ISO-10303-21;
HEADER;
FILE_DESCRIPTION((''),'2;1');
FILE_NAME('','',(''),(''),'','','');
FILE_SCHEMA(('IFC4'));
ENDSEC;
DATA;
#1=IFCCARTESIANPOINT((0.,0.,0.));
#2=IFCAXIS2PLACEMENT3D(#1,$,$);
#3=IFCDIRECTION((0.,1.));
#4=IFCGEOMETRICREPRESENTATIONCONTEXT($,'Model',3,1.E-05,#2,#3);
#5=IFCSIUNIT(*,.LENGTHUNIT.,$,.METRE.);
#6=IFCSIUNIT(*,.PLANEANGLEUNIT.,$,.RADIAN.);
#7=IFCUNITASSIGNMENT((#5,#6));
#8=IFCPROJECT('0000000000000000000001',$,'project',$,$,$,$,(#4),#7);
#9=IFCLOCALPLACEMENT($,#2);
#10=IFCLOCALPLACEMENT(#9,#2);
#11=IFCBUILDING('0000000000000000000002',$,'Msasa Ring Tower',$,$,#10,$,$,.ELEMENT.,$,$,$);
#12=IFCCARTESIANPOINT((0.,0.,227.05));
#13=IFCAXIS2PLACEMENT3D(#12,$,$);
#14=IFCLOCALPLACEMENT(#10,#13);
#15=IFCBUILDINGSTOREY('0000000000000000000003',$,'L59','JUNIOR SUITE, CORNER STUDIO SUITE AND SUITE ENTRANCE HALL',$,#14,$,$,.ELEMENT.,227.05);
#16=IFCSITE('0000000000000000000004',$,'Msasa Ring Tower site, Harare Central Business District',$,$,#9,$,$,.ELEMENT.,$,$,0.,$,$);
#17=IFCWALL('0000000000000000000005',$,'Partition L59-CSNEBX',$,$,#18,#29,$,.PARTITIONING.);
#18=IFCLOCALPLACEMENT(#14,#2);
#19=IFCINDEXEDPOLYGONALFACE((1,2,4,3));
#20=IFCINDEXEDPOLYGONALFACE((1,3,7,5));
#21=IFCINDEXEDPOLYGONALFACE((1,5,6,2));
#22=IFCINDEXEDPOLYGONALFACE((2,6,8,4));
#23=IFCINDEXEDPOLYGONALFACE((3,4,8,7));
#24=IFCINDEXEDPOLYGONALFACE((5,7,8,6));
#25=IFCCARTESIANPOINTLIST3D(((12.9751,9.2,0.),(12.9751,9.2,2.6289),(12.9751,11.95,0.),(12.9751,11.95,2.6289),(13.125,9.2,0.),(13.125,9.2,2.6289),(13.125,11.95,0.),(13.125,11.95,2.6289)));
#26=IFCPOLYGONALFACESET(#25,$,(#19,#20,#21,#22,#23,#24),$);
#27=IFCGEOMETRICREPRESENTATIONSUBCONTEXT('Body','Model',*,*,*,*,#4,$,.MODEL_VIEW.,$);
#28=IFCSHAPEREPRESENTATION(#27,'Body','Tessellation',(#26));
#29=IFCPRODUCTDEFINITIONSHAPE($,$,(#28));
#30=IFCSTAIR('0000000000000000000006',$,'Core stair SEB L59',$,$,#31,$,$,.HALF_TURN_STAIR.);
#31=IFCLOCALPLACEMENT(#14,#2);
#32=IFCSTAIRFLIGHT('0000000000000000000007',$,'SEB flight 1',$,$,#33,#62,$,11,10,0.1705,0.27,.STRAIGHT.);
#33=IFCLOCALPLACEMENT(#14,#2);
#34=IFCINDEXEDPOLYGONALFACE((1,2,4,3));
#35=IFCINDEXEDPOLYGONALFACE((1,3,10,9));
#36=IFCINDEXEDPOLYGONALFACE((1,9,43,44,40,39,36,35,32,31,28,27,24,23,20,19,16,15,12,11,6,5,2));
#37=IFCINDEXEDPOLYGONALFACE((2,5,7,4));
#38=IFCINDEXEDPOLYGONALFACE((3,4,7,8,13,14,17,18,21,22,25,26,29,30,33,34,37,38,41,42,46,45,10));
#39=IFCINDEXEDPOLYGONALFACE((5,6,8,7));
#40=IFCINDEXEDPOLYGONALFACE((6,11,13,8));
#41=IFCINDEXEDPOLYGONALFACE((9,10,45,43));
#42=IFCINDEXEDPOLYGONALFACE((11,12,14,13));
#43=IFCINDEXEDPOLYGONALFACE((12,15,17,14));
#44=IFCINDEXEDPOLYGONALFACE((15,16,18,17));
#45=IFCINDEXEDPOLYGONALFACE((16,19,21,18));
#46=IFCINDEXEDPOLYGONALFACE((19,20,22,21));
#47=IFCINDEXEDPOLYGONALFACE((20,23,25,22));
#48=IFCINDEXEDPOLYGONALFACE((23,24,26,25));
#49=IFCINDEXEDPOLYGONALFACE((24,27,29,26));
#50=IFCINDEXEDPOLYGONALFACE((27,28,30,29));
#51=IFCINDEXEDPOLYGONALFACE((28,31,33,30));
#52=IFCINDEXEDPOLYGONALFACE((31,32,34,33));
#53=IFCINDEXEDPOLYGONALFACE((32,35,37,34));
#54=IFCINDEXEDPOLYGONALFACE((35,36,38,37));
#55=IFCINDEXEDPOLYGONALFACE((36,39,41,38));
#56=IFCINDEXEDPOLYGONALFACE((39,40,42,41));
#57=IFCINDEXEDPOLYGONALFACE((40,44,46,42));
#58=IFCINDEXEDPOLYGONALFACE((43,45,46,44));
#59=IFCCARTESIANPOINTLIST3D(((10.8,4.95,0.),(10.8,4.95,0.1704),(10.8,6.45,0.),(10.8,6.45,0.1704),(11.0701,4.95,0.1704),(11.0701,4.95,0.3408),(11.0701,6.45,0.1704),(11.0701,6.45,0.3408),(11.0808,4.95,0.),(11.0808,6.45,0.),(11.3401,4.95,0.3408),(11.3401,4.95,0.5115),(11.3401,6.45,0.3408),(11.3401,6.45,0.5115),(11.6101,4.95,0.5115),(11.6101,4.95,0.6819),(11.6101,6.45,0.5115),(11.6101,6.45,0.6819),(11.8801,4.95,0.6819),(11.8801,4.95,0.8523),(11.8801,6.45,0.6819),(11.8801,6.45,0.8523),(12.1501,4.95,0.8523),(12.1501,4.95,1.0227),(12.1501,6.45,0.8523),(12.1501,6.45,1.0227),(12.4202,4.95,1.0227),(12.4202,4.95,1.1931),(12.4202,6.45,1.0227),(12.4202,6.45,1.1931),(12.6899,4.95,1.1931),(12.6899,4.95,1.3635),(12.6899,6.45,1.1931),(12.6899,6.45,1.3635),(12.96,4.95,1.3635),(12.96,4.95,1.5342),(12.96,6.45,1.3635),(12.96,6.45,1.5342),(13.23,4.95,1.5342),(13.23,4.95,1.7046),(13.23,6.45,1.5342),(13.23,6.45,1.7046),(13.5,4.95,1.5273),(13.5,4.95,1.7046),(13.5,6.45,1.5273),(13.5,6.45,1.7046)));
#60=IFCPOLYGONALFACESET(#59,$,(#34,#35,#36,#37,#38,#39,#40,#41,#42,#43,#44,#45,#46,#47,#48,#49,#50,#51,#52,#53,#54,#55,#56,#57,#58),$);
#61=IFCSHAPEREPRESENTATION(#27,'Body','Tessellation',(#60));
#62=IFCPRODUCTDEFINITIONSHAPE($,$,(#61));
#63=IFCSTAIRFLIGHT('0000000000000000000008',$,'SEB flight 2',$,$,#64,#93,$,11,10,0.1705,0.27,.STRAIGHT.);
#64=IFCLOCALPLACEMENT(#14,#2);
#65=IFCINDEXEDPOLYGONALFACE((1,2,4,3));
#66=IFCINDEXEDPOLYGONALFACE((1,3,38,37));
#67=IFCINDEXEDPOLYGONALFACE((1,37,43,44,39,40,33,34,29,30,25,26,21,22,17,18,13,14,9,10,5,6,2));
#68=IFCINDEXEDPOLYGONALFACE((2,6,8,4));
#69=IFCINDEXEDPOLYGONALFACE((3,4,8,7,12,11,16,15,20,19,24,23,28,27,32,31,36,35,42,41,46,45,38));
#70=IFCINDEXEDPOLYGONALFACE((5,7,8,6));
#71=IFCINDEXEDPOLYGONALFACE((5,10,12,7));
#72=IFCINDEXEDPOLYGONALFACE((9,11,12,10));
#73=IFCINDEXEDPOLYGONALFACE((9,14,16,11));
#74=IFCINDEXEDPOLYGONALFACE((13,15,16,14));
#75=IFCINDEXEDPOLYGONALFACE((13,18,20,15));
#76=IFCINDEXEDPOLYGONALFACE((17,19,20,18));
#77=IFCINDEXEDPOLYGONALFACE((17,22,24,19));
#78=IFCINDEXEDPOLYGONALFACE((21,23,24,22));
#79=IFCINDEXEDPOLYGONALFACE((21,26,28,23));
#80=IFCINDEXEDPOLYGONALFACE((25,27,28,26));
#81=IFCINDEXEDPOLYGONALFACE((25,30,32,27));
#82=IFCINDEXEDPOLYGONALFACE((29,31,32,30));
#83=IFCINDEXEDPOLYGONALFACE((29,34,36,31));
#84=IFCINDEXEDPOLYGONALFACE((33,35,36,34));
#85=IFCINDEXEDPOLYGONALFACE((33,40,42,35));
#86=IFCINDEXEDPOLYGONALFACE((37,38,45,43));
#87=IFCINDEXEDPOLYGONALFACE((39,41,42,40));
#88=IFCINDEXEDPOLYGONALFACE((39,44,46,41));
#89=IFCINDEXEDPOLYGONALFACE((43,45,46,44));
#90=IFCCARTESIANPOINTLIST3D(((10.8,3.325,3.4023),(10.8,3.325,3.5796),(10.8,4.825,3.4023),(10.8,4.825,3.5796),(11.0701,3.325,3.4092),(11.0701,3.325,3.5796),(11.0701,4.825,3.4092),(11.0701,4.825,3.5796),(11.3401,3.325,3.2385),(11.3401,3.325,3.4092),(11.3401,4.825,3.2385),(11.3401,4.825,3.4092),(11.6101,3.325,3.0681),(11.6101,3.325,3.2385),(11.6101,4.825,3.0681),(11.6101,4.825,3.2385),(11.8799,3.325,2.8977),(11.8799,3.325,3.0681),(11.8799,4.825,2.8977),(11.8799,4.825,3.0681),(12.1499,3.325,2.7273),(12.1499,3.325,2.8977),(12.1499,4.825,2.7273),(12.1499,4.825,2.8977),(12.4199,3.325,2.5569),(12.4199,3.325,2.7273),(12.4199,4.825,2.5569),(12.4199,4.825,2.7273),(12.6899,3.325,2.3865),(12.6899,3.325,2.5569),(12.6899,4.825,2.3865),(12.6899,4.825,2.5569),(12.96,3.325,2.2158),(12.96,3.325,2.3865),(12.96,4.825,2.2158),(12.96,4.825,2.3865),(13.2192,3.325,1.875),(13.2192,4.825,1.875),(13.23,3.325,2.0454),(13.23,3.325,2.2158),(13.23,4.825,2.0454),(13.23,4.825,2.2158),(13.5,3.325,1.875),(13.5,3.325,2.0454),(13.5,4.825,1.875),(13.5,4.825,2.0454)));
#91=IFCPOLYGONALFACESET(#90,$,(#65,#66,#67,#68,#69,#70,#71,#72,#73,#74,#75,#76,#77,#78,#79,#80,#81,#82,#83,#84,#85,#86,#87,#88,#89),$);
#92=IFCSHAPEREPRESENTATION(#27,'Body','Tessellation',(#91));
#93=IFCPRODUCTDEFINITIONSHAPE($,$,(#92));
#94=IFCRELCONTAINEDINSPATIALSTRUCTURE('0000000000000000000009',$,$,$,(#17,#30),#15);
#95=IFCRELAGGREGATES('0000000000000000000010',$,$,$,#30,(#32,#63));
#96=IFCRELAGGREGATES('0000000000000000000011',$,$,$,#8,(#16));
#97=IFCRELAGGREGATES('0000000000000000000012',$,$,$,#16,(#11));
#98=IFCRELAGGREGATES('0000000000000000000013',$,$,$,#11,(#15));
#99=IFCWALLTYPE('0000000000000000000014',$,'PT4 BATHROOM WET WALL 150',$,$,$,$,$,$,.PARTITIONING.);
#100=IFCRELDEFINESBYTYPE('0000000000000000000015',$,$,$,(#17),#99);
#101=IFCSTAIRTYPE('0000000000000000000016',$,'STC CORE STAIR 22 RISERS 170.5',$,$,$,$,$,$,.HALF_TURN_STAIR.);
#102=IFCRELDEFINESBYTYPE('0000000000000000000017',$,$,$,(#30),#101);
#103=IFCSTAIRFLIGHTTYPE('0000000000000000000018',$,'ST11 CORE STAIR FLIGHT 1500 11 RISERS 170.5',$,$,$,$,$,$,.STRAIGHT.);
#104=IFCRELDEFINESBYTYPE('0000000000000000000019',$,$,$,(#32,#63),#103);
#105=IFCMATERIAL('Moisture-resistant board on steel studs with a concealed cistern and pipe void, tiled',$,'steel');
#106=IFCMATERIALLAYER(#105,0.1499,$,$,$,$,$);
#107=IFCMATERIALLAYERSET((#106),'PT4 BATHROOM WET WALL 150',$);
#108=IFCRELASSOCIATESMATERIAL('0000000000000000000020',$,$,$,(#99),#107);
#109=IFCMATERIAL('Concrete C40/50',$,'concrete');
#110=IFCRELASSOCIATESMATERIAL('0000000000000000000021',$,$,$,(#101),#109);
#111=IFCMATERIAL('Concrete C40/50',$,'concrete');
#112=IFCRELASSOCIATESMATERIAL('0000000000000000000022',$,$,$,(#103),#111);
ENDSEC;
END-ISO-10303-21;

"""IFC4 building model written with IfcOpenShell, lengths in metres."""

from ifc_helpers import new_model, si_unit, direction, frame, frame_2d, origin, place, context, subcontext, project, spatial, polyline, rectangle, outline, extrude, material, layer, layer_set, type_object, element, aggregate, save


model = new_model("IFC4")

# Units and contexts
model_context = context("Model", 3, precision=1e-05, world=origin(), true_north=direction((0.0, 1.0)))
body_context = subcontext(model_context, "Body", "Model", "MODEL_VIEW")
ifc_project = project(units=[si_unit("LENGTHUNIT", "METRE"), si_unit("PLANEANGLEUNIT", "RADIAN")], contexts=[model_context])

# Site, building, storey
site_placement = place(None, origin())
site = spatial("IfcSite", under=ifc_project, at=site_placement, Name="Msasa Ring Tower site, Harare Central Business District", CompositionType="ELEMENT", RefElevation=0.0)
building_placement = place(site_placement, origin())
building = spatial("IfcBuilding", under=site, at=building_placement, Name="Msasa Ring Tower", CompositionType="ELEMENT")
storey_placement = place(building_placement, frame((0.0, 0.0, 227.05)))
storey = spatial("IfcBuildingStorey", under=building, at=storey_placement, Name="L59", Description="JUNIOR SUITE, CORNER STUDIO SUITE AND SUITE ENTRANCE HALL", CompositionType="ELEMENT", Elevation=227.05)

# Wall
ifc_material_1 = material(Name="Moisture-resistant board on steel studs with a concealed cistern and pipe void, tiled", Category="steel")
ifc_layer_1 = layer(ifc_material_1, 0.1499)
ifc_layer_set_1 = layer_set([ifc_layer_1], Name="PT4 BATHROOM WET WALL 150")
wall_type_1 = type_object("IfcWallType", Name="PT4 BATHROOM WET WALL 150", PredefinedType="PARTITIONING", material=ifc_layer_set_1)
wall_1_placement = place(storey_placement, frame((13.05, 9.2, 0.0), z_axis=(0.0, 0.0, 1.0), x_axis=(0.0, 1.0, 0.0)))
element("IfcWall", 1, at=wall_1_placement, inside=storey, type_object=wall_type_1, Name="Partition L59-CSNEBX", PredefinedType="PARTITIONING", context=body_context, shape_type="SweptSolid", body=[
    extrude(rectangle(XDim=2.75, YDim=0.1499, at=frame_2d((1.375, 0.0))), origin(), (0.0, 0.0, 1.0), 2.6289),
])

# Stair, stair flights
ifc_material_2 = material(Name="Concrete C40/50", Category="concrete")
stair_type = type_object("IfcStairType", Name="STC CORE STAIR 22 RISERS 170.5", PredefinedType="HALF_TURN_STAIR", material=ifc_material_2)
stair_placement = place(storey_placement, origin())
stair = element("IfcStair", 2, at=stair_placement, inside=storey, type_object=stair_type, Name="Core stair SEB L59", PredefinedType="HALF_TURN_STAIR")
ifc_material_3 = material(Name="Concrete C40/50", Category="concrete")
stair_flight_type = type_object("IfcStairFlightType", Name="ST11 CORE STAIR FLIGHT 1500 11 RISERS 170.5", PredefinedType="STRAIGHT", material=ifc_material_3)
stair_flight_1_placement = place(storey_placement, frame((10.8, 5.7, 0.0), z_axis=(0.0, 0.0, 1.0), x_axis=(1.0, 0.0, 0.0)))
stair_flight_1 = element("IfcStairFlight", 3, at=stair_flight_1_placement, type_object=stair_flight_type, Name="SEB flight 1", NumberOfRisers=11, NumberOfTreads=10, PredefinedType="STRAIGHT", RiserHeight=0.1705, TreadLength=0.27, context=body_context, shape_type="SweptSolid", body=[
    extrude(outline(polyline([(0.0, 0.0), (0.0, 0.1704), (0.27, 0.1704), (0.27, 0.3408), (0.54, 0.3408), (0.54, 0.5115), (0.8101, 0.5115), (0.8101, 0.6819), (1.0801, 0.6819), (1.0801, 0.8523), (1.3501, 0.8523), (1.3501, 1.0227), (1.6201, 1.0227), (1.6201, 1.1931), (1.8899, 1.1931), (1.8899, 1.3635), (2.1599, 1.3635), (2.1599, 1.5342), (2.4299, 1.5342), (2.4299, 1.7046), (2.7, 1.7046), (2.7, 1.875), (2.7, 1.5273), (0.2808, 0.0), (0.0, 0.0)])), frame((0.0, 0.75, 0.0), z_axis=(0.0, -1.0, 0.0), x_axis=(1.0, 0.0, 0.0)), (0.0, 0.0, 1.0), 1.5),
])
stair_flight_2_placement = place(storey_placement, frame((13.5, 4.075, 1.875), z_axis=(0.0, 0.0, 1.0), x_axis=(-1.0, 0.0, 0.0)))
stair_flight_2 = element("IfcStairFlight", 4, at=stair_flight_2_placement, type_object=stair_flight_type, Name="SEB flight 2", NumberOfRisers=11, NumberOfTreads=10, PredefinedType="STRAIGHT", RiserHeight=0.1705, TreadLength=0.27, context=body_context, shape_type="SweptSolid", body=[
    extrude(outline(polyline([(0.0, 0.0), (0.0, 0.1704), (0.27, 0.1704), (0.27, 0.3408), (0.54, 0.3408), (0.54, 0.5115), (0.8101, 0.5115), (0.8101, 0.6819), (1.0801, 0.6819), (1.0801, 0.8523), (1.3501, 0.8523), (1.3501, 1.0227), (1.6201, 1.0227), (1.6201, 1.1931), (1.8899, 1.1931), (1.8899, 1.3635), (2.1599, 1.3635), (2.1599, 1.5342), (2.4299, 1.5342), (2.4299, 1.7046), (2.7, 1.7046), (2.7, 1.875), (2.7, 1.5273), (0.2808, 0.0), (0.0, 0.0)])), frame((0.0, 0.75, 0.0), z_axis=(0.0, -1.0, 0.0), x_axis=(1.0, 0.0, 0.0)), (0.0, 0.0, 1.0), 1.5),
])
aggregate(stair, [stair_flight_1, stair_flight_2])

save(model, "model.ifc")
